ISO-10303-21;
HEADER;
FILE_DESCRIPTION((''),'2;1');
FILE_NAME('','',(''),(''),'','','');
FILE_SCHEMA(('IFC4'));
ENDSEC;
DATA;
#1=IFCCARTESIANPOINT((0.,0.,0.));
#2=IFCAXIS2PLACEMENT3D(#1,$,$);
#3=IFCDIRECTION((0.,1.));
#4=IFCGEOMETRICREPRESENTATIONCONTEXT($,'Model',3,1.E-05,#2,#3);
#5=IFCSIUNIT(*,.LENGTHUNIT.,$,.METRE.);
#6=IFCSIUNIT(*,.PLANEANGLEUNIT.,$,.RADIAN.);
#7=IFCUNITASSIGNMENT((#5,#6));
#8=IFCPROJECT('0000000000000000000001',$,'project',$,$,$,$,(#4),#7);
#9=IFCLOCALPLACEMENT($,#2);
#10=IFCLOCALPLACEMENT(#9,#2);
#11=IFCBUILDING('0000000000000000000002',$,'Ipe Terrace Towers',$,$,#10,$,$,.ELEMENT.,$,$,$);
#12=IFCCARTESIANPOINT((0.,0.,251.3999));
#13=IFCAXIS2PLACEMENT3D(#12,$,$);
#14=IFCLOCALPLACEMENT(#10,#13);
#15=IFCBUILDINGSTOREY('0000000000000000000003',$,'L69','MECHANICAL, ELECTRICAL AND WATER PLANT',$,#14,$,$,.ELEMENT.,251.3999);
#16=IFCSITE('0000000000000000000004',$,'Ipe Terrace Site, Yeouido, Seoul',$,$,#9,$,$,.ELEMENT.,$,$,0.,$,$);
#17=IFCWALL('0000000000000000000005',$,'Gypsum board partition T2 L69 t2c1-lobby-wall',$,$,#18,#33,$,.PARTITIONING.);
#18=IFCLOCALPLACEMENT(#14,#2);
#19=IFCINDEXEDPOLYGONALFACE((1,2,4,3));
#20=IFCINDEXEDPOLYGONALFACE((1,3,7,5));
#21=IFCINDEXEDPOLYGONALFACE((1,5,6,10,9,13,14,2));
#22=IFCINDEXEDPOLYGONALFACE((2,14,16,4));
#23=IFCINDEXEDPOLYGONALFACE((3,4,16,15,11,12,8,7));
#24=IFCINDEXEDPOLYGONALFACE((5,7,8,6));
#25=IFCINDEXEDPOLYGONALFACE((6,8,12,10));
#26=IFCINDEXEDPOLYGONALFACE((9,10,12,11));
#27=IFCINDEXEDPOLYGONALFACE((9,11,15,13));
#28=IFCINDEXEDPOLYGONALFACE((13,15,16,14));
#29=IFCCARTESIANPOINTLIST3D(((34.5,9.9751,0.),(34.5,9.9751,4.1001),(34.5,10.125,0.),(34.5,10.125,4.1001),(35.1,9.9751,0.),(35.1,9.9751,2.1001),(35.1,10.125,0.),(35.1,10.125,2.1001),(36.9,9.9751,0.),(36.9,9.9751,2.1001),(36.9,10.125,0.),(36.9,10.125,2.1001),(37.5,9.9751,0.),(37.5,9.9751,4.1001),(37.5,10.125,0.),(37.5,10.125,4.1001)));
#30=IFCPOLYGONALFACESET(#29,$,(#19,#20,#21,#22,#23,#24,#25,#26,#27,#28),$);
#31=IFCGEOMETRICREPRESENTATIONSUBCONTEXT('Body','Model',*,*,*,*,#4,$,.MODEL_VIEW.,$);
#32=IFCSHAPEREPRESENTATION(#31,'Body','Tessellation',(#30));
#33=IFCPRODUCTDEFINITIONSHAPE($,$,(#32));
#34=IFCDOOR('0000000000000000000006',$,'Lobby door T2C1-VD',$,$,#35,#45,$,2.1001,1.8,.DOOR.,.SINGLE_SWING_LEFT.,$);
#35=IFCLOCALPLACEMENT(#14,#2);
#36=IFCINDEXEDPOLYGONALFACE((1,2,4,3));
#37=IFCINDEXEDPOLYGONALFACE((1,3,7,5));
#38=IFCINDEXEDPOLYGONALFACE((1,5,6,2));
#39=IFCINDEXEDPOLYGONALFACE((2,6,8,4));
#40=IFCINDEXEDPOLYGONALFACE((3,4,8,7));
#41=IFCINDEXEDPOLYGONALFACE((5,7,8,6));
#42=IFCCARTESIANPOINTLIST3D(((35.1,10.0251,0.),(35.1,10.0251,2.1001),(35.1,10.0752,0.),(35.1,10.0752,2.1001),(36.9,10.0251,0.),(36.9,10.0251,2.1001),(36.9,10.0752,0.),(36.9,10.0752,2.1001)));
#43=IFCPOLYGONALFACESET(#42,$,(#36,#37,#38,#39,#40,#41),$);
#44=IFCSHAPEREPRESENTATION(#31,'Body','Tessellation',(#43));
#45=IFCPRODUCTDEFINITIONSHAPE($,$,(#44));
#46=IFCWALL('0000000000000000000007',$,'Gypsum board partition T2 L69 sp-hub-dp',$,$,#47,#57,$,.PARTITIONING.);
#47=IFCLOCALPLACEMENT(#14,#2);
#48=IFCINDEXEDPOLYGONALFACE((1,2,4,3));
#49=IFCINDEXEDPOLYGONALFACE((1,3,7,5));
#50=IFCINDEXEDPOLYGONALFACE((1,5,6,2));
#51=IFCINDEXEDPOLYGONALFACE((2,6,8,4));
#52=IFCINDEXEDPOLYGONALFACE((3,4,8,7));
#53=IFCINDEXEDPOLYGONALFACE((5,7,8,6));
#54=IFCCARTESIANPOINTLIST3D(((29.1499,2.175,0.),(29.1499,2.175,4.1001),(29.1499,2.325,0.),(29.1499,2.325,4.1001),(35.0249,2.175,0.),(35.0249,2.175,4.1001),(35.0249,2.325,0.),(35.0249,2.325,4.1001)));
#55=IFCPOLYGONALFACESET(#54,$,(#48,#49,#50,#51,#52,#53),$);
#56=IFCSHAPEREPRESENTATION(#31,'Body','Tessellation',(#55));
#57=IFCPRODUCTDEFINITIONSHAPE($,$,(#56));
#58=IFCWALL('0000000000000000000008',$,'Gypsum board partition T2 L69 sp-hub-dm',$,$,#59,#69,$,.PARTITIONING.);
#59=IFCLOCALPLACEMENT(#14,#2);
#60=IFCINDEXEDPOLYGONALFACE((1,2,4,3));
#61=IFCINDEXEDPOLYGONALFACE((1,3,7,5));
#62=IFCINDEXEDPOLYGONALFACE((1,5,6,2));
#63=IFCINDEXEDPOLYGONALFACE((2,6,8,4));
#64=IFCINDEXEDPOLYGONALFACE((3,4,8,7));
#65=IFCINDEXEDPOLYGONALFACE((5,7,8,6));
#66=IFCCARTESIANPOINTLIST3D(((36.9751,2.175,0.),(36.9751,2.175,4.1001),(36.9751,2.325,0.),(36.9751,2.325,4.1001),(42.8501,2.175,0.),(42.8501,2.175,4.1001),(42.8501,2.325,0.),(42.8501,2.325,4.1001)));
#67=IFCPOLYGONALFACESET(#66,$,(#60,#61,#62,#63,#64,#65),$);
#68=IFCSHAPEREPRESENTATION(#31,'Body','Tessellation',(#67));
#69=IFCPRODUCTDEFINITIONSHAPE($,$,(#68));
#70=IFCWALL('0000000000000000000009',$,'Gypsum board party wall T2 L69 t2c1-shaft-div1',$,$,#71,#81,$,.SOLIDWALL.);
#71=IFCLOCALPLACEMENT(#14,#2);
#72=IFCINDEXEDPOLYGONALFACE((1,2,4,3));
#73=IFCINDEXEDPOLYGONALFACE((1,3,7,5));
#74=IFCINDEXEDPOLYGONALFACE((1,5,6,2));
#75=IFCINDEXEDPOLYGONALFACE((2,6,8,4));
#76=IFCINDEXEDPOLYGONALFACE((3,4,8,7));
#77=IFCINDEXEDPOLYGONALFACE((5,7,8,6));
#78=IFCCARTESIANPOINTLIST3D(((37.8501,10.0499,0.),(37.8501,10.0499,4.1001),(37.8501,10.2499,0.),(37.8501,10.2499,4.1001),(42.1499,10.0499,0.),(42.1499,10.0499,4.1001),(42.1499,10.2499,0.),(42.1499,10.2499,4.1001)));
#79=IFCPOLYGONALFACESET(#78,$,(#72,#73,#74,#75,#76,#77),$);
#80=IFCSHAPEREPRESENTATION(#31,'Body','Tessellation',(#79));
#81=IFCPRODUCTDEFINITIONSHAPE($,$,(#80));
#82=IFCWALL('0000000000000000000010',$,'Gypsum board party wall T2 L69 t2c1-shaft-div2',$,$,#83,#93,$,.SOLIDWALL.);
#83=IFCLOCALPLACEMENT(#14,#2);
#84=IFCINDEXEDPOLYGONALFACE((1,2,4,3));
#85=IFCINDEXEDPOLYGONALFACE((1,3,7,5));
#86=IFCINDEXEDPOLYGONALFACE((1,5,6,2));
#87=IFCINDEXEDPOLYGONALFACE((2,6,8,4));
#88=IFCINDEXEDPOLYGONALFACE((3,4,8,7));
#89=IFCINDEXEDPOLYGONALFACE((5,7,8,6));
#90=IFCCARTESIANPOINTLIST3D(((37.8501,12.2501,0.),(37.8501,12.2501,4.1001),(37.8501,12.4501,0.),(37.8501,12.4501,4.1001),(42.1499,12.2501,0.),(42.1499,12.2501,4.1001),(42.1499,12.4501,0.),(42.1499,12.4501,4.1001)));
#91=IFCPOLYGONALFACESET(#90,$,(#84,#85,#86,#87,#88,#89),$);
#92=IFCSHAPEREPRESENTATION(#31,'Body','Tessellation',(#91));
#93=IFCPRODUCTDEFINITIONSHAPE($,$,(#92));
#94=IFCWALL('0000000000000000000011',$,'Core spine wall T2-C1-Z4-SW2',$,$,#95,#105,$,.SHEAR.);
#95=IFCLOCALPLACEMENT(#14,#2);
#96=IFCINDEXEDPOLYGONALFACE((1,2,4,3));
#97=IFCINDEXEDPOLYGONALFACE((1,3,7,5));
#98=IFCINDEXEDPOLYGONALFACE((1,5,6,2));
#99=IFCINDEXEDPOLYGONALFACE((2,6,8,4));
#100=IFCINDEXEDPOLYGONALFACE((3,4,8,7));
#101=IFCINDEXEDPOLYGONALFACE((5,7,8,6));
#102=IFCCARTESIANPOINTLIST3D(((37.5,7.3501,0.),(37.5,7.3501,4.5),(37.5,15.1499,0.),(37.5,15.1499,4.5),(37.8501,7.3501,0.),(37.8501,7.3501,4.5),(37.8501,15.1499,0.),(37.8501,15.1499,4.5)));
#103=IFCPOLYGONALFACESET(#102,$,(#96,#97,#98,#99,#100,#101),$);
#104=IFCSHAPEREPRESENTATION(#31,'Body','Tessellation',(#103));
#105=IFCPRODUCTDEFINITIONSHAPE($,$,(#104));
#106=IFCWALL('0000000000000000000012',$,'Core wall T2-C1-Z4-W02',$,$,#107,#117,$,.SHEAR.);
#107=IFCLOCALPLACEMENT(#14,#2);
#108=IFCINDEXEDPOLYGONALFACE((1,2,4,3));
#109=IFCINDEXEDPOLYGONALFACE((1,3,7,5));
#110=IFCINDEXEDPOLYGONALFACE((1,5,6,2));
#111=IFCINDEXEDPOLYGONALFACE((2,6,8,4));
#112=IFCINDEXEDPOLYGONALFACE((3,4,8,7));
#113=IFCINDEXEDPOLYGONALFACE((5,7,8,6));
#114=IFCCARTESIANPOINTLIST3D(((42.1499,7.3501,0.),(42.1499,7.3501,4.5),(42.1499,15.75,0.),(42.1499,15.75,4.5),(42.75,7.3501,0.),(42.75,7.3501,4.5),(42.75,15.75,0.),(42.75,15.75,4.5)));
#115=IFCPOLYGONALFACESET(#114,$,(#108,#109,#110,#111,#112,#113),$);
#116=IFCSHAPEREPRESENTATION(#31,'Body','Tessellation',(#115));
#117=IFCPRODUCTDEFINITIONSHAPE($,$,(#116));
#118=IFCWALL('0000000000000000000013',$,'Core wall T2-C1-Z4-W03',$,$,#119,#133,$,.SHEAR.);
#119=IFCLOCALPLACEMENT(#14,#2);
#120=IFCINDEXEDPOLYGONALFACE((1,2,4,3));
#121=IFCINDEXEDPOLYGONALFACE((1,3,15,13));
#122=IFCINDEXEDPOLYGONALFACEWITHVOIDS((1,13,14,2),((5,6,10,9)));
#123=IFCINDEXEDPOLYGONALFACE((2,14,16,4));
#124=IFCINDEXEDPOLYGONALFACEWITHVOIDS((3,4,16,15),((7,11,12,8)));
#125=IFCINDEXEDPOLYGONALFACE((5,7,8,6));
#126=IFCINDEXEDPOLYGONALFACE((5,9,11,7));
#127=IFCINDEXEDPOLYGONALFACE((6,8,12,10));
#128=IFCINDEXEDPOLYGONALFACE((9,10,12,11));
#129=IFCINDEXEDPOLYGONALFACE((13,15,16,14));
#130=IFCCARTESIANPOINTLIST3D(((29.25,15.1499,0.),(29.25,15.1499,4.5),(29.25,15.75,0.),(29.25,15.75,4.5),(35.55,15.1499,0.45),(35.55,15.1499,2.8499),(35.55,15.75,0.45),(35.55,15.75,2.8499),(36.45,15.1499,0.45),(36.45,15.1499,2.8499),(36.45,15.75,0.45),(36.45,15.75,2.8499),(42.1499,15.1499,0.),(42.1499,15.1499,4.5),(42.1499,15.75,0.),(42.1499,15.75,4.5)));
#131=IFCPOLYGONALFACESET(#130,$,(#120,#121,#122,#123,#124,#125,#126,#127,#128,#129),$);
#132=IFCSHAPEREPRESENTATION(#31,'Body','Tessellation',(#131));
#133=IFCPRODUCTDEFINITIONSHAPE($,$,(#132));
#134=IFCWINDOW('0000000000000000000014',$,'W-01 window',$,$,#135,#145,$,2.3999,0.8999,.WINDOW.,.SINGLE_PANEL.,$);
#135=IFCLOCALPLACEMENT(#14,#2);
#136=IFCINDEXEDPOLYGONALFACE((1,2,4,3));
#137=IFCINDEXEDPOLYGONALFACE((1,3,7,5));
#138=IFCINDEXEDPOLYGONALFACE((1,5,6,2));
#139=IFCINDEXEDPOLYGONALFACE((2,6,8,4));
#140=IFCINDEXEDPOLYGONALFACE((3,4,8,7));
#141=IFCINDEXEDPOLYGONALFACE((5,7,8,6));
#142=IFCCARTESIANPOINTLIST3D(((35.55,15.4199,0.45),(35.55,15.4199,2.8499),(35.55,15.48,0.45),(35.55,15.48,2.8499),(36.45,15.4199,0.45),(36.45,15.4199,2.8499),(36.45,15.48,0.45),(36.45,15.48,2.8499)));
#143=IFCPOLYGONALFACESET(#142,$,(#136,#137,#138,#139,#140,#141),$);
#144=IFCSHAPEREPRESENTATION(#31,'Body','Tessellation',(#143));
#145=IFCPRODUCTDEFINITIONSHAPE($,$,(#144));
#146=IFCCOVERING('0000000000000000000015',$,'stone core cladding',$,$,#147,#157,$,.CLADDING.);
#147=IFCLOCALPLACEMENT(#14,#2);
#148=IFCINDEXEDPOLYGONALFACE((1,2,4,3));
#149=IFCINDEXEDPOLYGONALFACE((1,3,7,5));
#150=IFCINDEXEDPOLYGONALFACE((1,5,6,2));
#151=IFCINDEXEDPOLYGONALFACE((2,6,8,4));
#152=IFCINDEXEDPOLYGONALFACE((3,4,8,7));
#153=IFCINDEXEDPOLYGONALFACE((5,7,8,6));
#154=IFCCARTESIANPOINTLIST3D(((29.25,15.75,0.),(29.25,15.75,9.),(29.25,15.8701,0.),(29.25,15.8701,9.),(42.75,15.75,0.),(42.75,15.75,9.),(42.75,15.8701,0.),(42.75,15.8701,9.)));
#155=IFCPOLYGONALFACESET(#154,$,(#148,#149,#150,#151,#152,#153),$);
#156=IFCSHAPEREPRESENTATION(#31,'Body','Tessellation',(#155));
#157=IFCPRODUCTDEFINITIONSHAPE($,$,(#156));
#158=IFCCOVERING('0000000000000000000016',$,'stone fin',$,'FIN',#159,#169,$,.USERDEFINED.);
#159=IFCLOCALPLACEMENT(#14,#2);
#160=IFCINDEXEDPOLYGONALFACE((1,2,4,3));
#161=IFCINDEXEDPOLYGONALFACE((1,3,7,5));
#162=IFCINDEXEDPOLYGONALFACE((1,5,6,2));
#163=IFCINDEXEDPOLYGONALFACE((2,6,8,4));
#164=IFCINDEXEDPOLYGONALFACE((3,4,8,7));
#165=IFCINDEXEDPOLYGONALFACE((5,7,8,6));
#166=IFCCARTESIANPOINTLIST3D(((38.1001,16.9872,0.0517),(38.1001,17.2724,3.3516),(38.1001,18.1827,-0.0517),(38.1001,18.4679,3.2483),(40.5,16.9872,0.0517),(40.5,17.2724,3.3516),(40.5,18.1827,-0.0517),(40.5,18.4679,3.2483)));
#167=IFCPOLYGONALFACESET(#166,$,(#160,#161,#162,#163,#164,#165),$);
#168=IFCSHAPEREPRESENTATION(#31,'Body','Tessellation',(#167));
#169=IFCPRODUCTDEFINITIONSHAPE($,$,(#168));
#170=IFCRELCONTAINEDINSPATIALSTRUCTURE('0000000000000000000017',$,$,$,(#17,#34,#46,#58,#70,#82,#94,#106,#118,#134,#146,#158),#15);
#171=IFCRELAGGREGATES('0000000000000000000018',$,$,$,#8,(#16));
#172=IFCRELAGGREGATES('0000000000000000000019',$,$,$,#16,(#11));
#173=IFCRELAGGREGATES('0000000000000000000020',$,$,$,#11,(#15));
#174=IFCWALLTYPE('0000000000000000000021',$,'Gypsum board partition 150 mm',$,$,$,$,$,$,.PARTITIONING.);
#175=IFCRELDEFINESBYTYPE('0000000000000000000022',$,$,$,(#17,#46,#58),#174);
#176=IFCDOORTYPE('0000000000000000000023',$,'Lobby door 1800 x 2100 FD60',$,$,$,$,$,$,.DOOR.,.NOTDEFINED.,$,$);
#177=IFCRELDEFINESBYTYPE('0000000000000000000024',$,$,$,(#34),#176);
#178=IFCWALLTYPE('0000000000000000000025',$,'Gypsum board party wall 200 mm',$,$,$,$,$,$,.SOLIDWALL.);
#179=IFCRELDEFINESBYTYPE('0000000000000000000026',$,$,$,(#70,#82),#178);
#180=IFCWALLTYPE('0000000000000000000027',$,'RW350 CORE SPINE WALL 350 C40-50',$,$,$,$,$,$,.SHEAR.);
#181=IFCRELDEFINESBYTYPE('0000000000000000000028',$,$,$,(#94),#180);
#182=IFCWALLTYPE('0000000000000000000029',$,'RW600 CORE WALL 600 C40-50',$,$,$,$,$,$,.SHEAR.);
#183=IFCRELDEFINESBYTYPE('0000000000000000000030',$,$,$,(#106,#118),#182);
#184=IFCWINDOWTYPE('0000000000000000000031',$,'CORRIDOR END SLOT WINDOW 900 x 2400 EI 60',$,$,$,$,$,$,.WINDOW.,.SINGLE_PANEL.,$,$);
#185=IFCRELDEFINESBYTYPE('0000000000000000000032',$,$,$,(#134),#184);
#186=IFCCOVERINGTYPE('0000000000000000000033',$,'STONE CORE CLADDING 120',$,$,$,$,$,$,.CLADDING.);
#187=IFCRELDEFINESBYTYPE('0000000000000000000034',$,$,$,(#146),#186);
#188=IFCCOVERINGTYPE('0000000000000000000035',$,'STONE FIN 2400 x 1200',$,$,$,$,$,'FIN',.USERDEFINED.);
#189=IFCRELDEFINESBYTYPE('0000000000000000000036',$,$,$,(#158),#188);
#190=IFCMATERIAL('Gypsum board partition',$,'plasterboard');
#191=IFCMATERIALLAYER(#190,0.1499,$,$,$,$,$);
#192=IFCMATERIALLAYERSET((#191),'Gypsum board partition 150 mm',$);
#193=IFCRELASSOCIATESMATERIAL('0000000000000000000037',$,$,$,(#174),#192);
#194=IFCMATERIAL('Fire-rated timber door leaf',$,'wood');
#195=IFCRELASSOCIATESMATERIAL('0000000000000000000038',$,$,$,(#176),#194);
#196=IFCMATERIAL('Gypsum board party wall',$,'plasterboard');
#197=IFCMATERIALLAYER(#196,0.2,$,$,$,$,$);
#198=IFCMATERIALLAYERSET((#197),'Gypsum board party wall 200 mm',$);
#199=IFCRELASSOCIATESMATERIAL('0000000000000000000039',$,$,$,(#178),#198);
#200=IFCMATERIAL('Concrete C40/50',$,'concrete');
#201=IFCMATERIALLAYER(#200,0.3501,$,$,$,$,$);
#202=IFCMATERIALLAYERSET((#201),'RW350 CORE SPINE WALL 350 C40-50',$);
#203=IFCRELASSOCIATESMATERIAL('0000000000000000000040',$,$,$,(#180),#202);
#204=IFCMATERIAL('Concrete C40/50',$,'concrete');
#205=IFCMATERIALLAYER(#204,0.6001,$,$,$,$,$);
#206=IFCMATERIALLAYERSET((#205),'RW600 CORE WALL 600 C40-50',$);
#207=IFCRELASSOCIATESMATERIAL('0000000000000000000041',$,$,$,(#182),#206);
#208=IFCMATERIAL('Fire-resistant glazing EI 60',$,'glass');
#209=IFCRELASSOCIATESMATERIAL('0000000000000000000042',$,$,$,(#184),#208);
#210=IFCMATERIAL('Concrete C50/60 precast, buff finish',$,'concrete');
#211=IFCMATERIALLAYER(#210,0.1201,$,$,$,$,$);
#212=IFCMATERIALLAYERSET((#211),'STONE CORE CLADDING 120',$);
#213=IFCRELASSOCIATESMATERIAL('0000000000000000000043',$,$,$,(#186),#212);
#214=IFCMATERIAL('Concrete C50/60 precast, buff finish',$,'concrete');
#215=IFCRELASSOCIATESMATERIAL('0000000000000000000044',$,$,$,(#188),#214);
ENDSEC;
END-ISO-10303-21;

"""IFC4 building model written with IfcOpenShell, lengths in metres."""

from ifc_helpers import new_model, si_unit, direction, frame, frame_2d, origin, origin_2d, place, context, subcontext, project, spatial, rectangle, extrude, material, layer, layer_set, material_profile, profile_set, type_object, element, fill, save


model = new_model("IFC4")

# Units and contexts
model_context = context("Model", 3, precision=1e-05, world=origin(), true_north=direction((0.0, 1.0)))
body_context = subcontext(model_context, "Body", "Model", "MODEL_VIEW")
ifc_project = project(units=[si_unit("LENGTHUNIT", "METRE"), si_unit("PLANEANGLEUNIT", "RADIAN")], contexts=[model_context])

# Site, building, storey
site_placement = place(None, origin())
site = spatial("IfcSite", under=ifc_project, at=site_placement, Name="Ipe Terrace Site, Yeouido, Seoul", CompositionType="ELEMENT", RefElevation=0.0)
building_placement = place(site_placement, origin())
building = spatial("IfcBuilding", under=site, at=building_placement, Name="Ipe Terrace Towers", CompositionType="ELEMENT")
storey_placement = place(building_placement, frame((0.0, 0.0, 251.3999)))
storey = spatial("IfcBuildingStorey", under=building, at=storey_placement, Name="L69", Description="MECHANICAL, ELECTRICAL AND WATER PLANT", CompositionType="ELEMENT", Elevation=251.3999)

# Wall, opening, door
ifc_material_1 = material(Name="Gypsum board partition", Category="plasterboard")
ifc_layer_1 = layer(ifc_material_1, 0.1499)
ifc_layer_set_1 = layer_set([ifc_layer_1], Name="Gypsum board partition 150 mm")
wall_type_1 = type_object("IfcWallType", Name="Gypsum board partition 150 mm", PredefinedType="PARTITIONING", material=ifc_layer_set_1)
wall_1_placement = place(storey_placement, frame((37.5, 10.05, 0.0), z_axis=(0.0, 0.0, 1.0), x_axis=(-1.0, 0.0, 0.0)))
wall_1 = element("IfcWall", 1, at=wall_1_placement, inside=storey, type_object=wall_type_1, Name="Gypsum board partition T2 L69 t2c1-lobby-wall", PredefinedType="PARTITIONING", context=body_context, shape_type="SweptSolid", body=[
    extrude(rectangle(XDim=3.0, YDim=0.1499, at=frame_2d((1.5, 0.0))), origin(), (0.0, 0.0, 1.0), 4.1001),
])
opening_1_placement = place(wall_1_placement, frame((0.6001, 0.0, 0.0)))
opening_1 = element("IfcOpeningElement", 2, at=opening_1_placement, cuts=wall_1, PredefinedType="OPENING", context=body_context, shape_type="SweptSolid", body=[
    extrude(rectangle(XDim=1.8, YDim=2.1001, at=frame_2d((0.8999, 1.05))), frame((0.0, 0.085, 0.0), z_axis=(0.0, -1.0, 0.0), x_axis=(1.0, 0.0, 0.0)), (0.0, 0.0, 1.0), 0.1699),
])
ifc_material_2 = material(Name="Fire-rated timber door leaf", Category="wood")
door_type = type_object("IfcDoorType", Name="Lobby door 1800 x 2100 FD60", OperationType="NOTDEFINED", PredefinedType="DOOR", material=ifc_material_2)
door_placement = place(opening_1_placement, origin())
door = element("IfcDoor", 3, at=door_placement, inside=storey, type_object=door_type, Name="Lobby door T2C1-VD", OperationType="SINGLE_SWING_LEFT", OverallHeight=2.1001, OverallWidth=1.8, PredefinedType="DOOR", context=body_context, shape_type="SweptSolid", body=[
    extrude(rectangle(XDim=1.8, YDim=2.1001, at=frame_2d((0.8999, 1.05))), frame((0.0, 0.0249, 0.0), z_axis=(0.0, -1.0, 0.0), x_axis=(1.0, 0.0, 0.0)), (0.0, 0.0, 1.0), 0.05),
])
fill(opening_1, door)

# Walls
for number, where, z_axis, x_axis, name in (
    (4, (35.0249, 2.25, 0.0), (0.0, 0.0, 1.0), (-1.0, 0.0, 0.0), "Gypsum board partition T2 L69 sp-hub-dp"),
    (5, (36.9751, 2.25, 0.0), (0.0, 0.0, 1.0), (1.0, 0.0, 0.0), "Gypsum board partition T2 L69 sp-hub-dm"),
):
    element("IfcWall", number, at=place(storey_placement, frame(where, z_axis=z_axis, x_axis=x_axis)), inside=storey, type_object=wall_type_1, Name=name, PredefinedType="PARTITIONING", context=body_context, shape_type="SweptSolid", body=[
        extrude(rectangle(XDim=5.875, YDim=0.1499, at=frame_2d((2.9375, 0.0))), origin(), (0.0, 0.0, 1.0), 4.1001),
    ])
ifc_material_3 = material(Name="Gypsum board party wall", Category="plasterboard")
ifc_layer_2 = layer(ifc_material_3, 0.2)
ifc_layer_set_2 = layer_set([ifc_layer_2], Name="Gypsum board party wall 200 mm")
wall_type_2 = type_object("IfcWallType", Name="Gypsum board party wall 200 mm", PredefinedType="SOLIDWALL", material=ifc_layer_set_2)
for number, where, z_axis, x_axis, name in (
    (6, (42.1499, 10.1499, 0.0), (0.0, 0.0, 1.0), (-1.0, 0.0, 0.0), "Gypsum board party wall T2 L69 t2c1-shaft-div1"),
    (7, (42.1499, 12.3501, 0.0), (0.0, 0.0, 1.0), (-1.0, 0.0, 0.0), "Gypsum board party wall T2 L69 t2c1-shaft-div2"),
):
    element("IfcWall", number, at=place(storey_placement, frame(where, z_axis=z_axis, x_axis=x_axis)), inside=storey, type_object=wall_type_2, Name=name, PredefinedType="SOLIDWALL", context=body_context, shape_type="SweptSolid", body=[
        extrude(rectangle(XDim=4.2998, YDim=0.2, at=frame_2d((2.1499, 0.0))), origin(), (0.0, 0.0, 1.0), 4.1001),
    ])
ifc_material_4 = material(Name="Concrete C40/50", Category="concrete")
ifc_layer_3 = layer(ifc_material_4, 0.3501)
ifc_layer_set_3 = layer_set([ifc_layer_3], Name="RW350 CORE SPINE WALL 350 C40-50")
wall_type_3 = type_object("IfcWallType", Name="RW350 CORE SPINE WALL 350 C40-50", PredefinedType="SHEAR", material=ifc_layer_set_3)
wall_2_placement = place(storey_placement, frame((37.675, 7.3501, 0.0), z_axis=(0.0, 0.0, 1.0), x_axis=(0.0, 1.0, 0.0)))
element("IfcWall", 8, at=wall_2_placement, inside=storey, type_object=wall_type_3, Name="Core spine wall T2-C1-Z4-SW2", PredefinedType="SHEAR", context=body_context, shape_type="SweptSolid", body=[
    extrude(rectangle(XDim=7.7998, YDim=0.3501, at=frame_2d((3.8999, 0.0))), origin(), (0.0, 0.0, 1.0), 4.5),
])
ifc_material_5 = material(Name="Concrete C40/50", Category="concrete")
ifc_layer_4 = layer(ifc_material_5, 0.6001)
ifc_layer_set_4 = layer_set([ifc_layer_4], Name="RW600 CORE WALL 600 C40-50")
wall_type_4 = type_object("IfcWallType", Name="RW600 CORE WALL 600 C40-50", PredefinedType="SHEAR", material=ifc_layer_set_4)
wall_3_placement = place(storey_placement, frame((42.45, 7.3501, 0.0), z_axis=(0.0, 0.0, 1.0), x_axis=(0.0, 1.0, 0.0)))
element("IfcWall", 9, at=wall_3_placement, inside=storey, type_object=wall_type_4, Name="Core wall T2-C1-Z4-W02", PredefinedType="SHEAR", context=body_context, shape_type="SweptSolid", body=[
    extrude(rectangle(XDim=8.3999, YDim=0.6001, at=frame_2d((4.2, 0.0))), origin(), (0.0, 0.0, 1.0), 4.5),
])

# Wall, opening, window
wall_4_placement = place(storey_placement, frame((42.1499, 15.45, 0.0), z_axis=(0.0, 0.0, 1.0), x_axis=(-1.0, 0.0, 0.0)))
wall_4 = element("IfcWall", 10, at=wall_4_placement, inside=storey, type_object=wall_type_4, Name="Core wall T2-C1-Z4-W03", PredefinedType="SHEAR", context=body_context, shape_type="SweptSolid", body=[
    extrude(rectangle(XDim=12.8999, YDim=0.6001, at=frame_2d((6.45, 0.0))), origin(), (0.0, 0.0, 1.0), 4.5),
])
opening_2_placement = place(wall_4_placement, frame((5.7, 0.0, 0.45)))
opening_2 = element("IfcOpeningElement", 11, at=opening_2_placement, cuts=wall_4, PredefinedType="OPENING", context=body_context, shape_type="SweptSolid", body=[
    extrude(rectangle(XDim=0.8999, YDim=2.3999, at=frame_2d((0.45, 1.2))), frame((0.0, 0.3101, 0.0), z_axis=(0.0, -1.0, 0.0), x_axis=(1.0, 0.0, 0.0)), (0.0, 0.0, 1.0), 0.6201),
])
ifc_material_6 = material(Name="Fire-resistant glazing EI 60", Category="glass")
window_type = type_object("IfcWindowType", Name="CORRIDOR END SLOT WINDOW 900 x 2400 EI 60", PartitioningType="SINGLE_PANEL", PredefinedType="WINDOW", material=ifc_material_6)
window_placement = place(opening_2_placement, origin())
window = element("IfcWindow", 12, at=window_placement, inside=storey, type_object=window_type, Name="W-01 window", OverallHeight=2.3999, OverallWidth=0.8999, PartitioningType="SINGLE_PANEL", PredefinedType="WINDOW", context=body_context, shape_type="SweptSolid", body=[
    extrude(rectangle(XDim=0.8999, YDim=2.3999, at=frame_2d((0.45, 1.2))), frame((0.0, 0.03, 0.0), z_axis=(0.0, -1.0, 0.0), x_axis=(1.0, 0.0, 0.0)), (0.0, 0.0, 1.0), 0.0601),
])
fill(opening_2, window)

# Coverings
ifc_material_7 = material(Name="Concrete C50/60 precast, buff finish", Category="concrete")
ifc_layer_5 = layer(ifc_material_7, 0.1201)
ifc_layer_set_5 = layer_set([ifc_layer_5], Name="STONE CORE CLADDING 120")
covering_type_1 = type_object("IfcCoveringType", Name="STONE CORE CLADDING 120", PredefinedType="CLADDING", material=ifc_layer_set_5)
covering_1_placement = place(storey_placement, frame((36.0, 15.8101, 0.0), z_axis=(0.0, 0.0, 1.0), x_axis=(-1.0, 0.0, 0.0)))
element("IfcCovering", 13, at=covering_1_placement, inside=storey, type_object=covering_type_1, Name="stone core cladding", PredefinedType="CLADDING", context=body_context, shape_type="SweptSolid", body=[
    extrude(rectangle(XDim=13.5, YDim=0.1201, at=origin_2d()), origin(), (0.0, 0.0, 1.0), 9.0),
])
ifc_material_8 = material(Name="Concrete C50/60 precast, buff finish", Category="concrete")
ifc_material_profile_1 = material_profile(ifc_material_8, rectangle(XDim=2.3999, YDim=1.2, at=origin_2d()), Name="STONE FIN 2400 x 1200")
ifc_profile_set_1 = profile_set([ifc_material_profile_1], Name="Concrete C50/60 precast, buff finish")
covering_type_2 = type_object("IfcCoveringType", Name="STONE FIN 2400 x 1200", ElementType="FIN", PredefinedType="USERDEFINED", material=ifc_profile_set_1)
covering_2_placement = place(storey_placement, frame((39.3, 17.585, 0.0), z_axis=(0.0, 0.086089, 0.996287), x_axis=(-1.0, 0.0, 0.0)))
element("IfcCovering", 14, at=covering_2_placement, inside=storey, type_object=covering_type_2, Name="stone fin", ObjectType="FIN", PredefinedType="USERDEFINED", context=body_context, shape_type="SweptSolid", body=[
    extrude(rectangle(XDim=2.3999, YDim=1.2, at=origin_2d()), origin(), (0.0, 0.0, 1.0), 3.3123),
])

save(model, "model.ifc")
